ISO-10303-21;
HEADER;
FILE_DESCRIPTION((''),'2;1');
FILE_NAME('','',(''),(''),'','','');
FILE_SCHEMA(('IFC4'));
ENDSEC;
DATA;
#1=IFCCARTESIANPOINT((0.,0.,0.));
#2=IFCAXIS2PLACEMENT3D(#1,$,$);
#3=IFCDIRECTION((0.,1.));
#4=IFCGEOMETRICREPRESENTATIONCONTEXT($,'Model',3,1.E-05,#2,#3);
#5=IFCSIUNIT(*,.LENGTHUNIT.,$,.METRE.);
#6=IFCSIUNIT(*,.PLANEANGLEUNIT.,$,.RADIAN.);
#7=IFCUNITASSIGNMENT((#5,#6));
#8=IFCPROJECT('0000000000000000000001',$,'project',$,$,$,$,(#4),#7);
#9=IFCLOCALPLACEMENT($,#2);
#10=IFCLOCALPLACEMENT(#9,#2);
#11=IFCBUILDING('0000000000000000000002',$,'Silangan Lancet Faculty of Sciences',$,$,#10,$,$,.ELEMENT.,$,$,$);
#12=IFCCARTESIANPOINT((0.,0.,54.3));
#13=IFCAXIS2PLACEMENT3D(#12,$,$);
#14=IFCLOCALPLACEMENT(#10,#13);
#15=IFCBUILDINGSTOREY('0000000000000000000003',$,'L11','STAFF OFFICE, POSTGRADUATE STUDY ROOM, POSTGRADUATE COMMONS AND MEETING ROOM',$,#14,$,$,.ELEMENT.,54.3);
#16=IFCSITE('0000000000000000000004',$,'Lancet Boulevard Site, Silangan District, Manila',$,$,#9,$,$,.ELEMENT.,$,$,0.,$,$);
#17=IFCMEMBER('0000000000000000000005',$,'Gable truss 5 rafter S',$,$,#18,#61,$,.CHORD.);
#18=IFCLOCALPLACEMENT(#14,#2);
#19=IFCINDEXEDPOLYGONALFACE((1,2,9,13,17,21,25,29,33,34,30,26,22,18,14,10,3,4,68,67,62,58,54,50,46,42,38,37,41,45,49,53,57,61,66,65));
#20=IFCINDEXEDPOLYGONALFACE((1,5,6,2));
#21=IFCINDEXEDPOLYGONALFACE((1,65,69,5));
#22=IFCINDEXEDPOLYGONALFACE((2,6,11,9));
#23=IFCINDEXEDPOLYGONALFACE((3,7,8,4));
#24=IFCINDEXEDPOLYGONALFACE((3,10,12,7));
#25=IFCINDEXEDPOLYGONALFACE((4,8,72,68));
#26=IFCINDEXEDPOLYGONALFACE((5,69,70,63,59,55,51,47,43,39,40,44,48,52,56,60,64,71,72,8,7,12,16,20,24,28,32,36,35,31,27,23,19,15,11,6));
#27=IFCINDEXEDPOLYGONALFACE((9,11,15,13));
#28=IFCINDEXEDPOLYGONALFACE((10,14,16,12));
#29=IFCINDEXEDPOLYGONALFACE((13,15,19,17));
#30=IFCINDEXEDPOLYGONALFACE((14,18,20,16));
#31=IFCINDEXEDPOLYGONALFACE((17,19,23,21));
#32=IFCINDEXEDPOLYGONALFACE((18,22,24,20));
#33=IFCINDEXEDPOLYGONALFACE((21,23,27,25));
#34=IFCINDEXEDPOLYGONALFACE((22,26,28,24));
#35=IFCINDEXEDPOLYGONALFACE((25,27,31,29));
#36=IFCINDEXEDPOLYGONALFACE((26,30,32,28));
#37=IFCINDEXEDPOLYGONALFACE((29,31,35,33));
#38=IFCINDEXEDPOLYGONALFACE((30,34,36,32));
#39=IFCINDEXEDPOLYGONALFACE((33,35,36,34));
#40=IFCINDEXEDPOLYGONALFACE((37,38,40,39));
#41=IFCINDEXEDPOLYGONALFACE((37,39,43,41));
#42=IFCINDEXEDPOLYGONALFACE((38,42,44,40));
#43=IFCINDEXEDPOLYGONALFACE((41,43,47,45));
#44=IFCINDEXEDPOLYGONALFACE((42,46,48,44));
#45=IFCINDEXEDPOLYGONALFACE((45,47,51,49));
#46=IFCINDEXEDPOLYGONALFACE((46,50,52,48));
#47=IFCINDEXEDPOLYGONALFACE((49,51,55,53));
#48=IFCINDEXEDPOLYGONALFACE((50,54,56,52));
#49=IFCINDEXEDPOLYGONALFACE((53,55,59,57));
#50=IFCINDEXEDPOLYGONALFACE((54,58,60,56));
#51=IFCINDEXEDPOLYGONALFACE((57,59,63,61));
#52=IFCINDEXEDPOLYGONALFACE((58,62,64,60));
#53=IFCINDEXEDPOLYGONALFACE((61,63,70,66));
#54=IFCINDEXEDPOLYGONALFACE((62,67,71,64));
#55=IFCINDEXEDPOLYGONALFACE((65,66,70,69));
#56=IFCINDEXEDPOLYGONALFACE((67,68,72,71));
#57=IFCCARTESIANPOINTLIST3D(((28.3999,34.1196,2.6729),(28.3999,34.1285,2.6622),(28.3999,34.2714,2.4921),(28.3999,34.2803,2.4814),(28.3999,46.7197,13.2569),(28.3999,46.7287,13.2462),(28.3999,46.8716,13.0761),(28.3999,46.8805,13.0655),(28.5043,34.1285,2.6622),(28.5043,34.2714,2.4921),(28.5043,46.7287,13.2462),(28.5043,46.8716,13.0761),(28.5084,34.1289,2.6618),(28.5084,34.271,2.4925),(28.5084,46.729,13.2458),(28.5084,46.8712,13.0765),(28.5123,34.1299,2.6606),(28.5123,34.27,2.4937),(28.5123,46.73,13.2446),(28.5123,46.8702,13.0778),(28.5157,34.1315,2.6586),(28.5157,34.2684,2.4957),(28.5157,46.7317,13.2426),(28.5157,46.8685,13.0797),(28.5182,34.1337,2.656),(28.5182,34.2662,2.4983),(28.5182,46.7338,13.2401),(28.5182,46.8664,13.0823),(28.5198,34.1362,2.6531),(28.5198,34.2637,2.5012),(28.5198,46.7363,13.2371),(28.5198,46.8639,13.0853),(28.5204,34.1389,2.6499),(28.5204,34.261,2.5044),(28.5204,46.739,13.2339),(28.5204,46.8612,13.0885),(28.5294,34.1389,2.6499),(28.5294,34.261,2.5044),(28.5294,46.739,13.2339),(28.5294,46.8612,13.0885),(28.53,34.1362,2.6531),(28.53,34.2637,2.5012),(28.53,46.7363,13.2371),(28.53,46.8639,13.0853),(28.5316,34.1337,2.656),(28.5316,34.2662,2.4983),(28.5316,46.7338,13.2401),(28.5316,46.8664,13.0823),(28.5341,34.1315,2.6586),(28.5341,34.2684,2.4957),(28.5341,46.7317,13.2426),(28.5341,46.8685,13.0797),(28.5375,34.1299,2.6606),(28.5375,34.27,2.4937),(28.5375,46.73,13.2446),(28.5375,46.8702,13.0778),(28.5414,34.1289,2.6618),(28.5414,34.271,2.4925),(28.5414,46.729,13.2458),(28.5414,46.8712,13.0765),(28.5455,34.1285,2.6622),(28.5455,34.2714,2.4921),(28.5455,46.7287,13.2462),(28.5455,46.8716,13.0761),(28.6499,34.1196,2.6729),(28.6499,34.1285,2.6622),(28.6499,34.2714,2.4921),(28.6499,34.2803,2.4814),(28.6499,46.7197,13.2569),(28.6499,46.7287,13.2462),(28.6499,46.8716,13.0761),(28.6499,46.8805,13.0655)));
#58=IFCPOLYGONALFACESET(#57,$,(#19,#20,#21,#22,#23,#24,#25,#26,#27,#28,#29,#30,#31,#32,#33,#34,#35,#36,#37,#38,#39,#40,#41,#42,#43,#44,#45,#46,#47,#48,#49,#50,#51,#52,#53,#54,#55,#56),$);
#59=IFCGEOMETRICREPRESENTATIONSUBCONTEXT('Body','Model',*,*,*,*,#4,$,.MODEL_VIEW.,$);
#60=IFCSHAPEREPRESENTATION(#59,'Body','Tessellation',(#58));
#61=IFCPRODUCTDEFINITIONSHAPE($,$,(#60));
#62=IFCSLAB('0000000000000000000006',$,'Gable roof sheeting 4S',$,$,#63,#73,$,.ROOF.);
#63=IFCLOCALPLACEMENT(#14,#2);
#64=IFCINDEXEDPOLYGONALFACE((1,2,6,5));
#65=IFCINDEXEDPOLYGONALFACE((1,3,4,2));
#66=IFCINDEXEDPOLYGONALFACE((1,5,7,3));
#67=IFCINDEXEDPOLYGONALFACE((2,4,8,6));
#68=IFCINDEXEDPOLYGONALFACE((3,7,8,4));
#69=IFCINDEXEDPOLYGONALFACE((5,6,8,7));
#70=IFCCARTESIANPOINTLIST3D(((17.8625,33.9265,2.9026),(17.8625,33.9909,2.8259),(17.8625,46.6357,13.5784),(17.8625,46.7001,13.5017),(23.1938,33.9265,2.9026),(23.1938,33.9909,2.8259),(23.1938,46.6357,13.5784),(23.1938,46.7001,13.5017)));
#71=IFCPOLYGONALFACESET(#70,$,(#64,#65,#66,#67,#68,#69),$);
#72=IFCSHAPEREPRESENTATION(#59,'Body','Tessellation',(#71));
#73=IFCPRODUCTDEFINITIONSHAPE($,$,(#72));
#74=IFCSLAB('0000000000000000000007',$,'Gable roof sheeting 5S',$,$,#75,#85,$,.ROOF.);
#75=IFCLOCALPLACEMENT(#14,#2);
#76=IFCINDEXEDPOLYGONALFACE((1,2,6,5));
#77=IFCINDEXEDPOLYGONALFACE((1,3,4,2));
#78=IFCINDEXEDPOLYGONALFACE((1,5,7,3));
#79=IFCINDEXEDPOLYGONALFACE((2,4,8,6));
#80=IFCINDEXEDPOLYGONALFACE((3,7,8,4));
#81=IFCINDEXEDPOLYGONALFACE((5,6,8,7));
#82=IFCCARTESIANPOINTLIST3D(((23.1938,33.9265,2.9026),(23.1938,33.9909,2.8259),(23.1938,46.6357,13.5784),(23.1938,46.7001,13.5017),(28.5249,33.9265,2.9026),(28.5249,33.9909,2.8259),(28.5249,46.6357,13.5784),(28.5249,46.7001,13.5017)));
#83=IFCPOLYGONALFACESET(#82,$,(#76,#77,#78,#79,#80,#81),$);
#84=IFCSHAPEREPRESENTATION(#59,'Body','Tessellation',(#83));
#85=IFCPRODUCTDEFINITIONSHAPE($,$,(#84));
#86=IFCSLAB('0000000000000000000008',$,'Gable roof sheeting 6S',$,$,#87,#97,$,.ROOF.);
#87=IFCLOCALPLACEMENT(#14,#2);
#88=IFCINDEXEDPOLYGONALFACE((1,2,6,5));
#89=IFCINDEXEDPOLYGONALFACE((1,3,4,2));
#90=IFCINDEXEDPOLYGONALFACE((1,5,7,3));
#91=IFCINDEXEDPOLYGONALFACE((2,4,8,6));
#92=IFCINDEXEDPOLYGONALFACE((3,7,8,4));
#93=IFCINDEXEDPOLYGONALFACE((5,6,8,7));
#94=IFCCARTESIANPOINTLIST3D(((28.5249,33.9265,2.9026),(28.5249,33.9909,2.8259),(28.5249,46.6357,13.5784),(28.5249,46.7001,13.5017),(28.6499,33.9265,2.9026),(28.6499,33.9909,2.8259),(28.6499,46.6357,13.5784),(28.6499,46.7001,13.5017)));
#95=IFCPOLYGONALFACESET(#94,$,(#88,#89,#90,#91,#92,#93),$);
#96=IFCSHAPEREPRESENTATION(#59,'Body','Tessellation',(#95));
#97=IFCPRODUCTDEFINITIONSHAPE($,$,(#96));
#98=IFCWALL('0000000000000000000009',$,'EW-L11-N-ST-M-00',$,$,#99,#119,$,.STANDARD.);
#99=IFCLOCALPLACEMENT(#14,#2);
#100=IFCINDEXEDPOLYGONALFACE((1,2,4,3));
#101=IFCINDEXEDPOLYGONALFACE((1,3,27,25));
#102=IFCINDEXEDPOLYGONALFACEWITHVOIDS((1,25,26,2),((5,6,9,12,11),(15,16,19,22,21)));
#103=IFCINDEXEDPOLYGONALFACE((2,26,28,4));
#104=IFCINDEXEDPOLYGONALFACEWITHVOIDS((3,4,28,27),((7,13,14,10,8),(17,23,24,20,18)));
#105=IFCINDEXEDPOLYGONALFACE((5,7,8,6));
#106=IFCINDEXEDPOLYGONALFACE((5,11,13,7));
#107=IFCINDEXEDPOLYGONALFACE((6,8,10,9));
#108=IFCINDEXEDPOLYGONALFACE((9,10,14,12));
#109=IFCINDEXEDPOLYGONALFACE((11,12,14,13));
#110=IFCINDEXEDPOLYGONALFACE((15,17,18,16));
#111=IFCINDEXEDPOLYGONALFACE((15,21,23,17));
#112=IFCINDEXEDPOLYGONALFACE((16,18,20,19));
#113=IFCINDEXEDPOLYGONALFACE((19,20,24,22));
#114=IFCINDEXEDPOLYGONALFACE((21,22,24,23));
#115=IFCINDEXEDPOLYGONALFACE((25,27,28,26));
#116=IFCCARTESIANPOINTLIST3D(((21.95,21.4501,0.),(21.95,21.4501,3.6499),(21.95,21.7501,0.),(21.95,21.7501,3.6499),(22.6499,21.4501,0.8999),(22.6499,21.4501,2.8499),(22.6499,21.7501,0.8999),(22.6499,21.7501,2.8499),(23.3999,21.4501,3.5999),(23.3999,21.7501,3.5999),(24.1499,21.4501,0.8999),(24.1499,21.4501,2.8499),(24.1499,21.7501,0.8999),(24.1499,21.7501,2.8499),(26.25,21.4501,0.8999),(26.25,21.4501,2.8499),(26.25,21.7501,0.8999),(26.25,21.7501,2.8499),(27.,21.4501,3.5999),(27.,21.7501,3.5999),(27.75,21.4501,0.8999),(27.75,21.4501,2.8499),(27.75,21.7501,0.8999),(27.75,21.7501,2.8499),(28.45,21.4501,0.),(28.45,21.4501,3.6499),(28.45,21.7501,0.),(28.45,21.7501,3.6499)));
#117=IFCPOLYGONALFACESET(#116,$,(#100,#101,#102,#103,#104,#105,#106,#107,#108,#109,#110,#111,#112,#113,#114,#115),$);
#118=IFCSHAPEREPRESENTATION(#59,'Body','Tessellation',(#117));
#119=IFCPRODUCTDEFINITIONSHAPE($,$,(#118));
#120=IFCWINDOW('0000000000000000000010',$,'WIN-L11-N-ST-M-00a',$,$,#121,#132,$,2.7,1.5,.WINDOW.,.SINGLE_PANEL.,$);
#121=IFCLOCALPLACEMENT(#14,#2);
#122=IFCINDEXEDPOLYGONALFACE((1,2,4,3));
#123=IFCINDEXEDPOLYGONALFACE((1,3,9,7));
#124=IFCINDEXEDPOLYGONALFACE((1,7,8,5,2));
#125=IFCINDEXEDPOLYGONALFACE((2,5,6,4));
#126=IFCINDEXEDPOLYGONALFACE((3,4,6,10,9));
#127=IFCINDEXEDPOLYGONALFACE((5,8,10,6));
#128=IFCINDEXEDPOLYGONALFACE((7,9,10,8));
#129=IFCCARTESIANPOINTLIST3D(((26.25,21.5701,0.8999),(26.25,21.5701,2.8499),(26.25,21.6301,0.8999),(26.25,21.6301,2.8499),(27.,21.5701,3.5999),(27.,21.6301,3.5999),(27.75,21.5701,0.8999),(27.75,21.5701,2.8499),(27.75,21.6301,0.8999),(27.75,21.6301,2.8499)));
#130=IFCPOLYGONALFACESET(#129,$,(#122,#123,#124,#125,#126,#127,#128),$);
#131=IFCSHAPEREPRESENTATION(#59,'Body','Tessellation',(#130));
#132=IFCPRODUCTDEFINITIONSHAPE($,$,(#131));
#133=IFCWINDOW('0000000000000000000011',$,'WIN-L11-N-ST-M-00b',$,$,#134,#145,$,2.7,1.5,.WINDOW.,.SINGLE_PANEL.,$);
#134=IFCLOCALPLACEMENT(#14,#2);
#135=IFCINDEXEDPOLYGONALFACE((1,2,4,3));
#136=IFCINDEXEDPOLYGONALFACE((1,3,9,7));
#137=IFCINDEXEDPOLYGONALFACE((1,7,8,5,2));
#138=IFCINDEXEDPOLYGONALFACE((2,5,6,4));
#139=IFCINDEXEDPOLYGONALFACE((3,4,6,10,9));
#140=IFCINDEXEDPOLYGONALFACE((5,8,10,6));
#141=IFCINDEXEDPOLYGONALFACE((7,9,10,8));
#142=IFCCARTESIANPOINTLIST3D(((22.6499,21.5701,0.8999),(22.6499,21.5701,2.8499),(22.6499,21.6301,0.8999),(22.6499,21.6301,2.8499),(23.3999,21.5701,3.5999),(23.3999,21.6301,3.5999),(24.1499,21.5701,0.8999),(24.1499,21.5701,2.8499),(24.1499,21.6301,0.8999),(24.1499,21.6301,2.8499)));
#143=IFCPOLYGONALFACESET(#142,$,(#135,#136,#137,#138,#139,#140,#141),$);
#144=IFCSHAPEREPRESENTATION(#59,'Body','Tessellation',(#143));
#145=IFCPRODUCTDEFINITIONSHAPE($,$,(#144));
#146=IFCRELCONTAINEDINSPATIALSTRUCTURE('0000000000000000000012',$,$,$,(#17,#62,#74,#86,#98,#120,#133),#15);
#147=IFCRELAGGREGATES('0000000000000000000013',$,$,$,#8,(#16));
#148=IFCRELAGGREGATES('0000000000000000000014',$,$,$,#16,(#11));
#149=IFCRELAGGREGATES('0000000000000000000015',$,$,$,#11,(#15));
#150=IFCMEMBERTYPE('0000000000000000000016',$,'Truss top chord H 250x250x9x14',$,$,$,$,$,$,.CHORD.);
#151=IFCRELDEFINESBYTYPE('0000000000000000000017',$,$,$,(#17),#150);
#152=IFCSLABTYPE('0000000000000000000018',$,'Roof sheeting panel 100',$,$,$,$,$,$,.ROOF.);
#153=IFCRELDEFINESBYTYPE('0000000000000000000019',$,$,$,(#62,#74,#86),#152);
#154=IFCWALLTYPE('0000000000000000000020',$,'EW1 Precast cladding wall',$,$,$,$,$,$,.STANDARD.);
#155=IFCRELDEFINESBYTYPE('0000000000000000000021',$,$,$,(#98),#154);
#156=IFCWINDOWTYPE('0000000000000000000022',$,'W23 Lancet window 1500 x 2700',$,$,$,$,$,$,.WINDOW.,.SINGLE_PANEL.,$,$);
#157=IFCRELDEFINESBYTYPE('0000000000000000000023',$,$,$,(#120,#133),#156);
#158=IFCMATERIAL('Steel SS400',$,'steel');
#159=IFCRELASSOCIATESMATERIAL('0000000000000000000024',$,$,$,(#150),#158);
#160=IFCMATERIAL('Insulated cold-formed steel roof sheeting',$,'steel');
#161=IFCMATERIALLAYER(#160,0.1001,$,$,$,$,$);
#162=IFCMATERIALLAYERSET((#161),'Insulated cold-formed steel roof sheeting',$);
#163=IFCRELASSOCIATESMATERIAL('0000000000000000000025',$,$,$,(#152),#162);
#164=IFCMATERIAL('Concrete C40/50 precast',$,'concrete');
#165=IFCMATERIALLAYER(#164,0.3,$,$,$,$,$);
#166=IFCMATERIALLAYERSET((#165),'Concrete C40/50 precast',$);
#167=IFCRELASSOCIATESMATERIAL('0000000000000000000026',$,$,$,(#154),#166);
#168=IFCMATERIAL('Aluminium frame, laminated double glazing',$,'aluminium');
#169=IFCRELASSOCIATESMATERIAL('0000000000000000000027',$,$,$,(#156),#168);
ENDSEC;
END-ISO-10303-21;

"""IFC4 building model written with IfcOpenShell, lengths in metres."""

from ifc_helpers import new_model, si_unit, direction, frame, frame_2d, origin, origin_2d, place, context, subcontext, project, spatial, polyline, rectangle, i_section, outline, extrude, material, layer, layer_set, material_profile, profile_set, type_object, element, fill, save


model = new_model("IFC4")

# Units and contexts
model_context = context("Model", 3, precision=1e-05, world=origin(), true_north=direction((0.0, 1.0)))
body_context = subcontext(model_context, "Body", "Model", "MODEL_VIEW")
ifc_project = project(units=[si_unit("LENGTHUNIT", "METRE"), si_unit("PLANEANGLEUNIT", "RADIAN")], contexts=[model_context])

# Site, building, storey
site_placement = place(None, origin())
site = spatial("IfcSite", under=ifc_project, at=site_placement, Name="Lancet Boulevard Site, Silangan District, Manila", CompositionType="ELEMENT", RefElevation=0.0)
building_placement = place(site_placement, origin())
building = spatial("IfcBuilding", under=site, at=building_placement, Name="Silangan Lancet Faculty of Sciences", CompositionType="ELEMENT")
storey_placement = place(building_placement, frame((0.0, 0.0, 54.3)))
storey = spatial("IfcBuildingStorey", under=building, at=storey_placement, Name="L11", Description="STAFF OFFICE, POSTGRADUATE STUDY ROOM, POSTGRADUATE COMMONS AND MEETING ROOM", CompositionType="ELEMENT", Elevation=54.3)

# Member
ifc_material_1 = material(Name="Steel SS400", Category="steel")
ifc_material_profile_1 = material_profile(ifc_material_1, i_section(OverallWidth=0.25, OverallDepth=0.25, WebThickness=0.009, FlangeThickness=0.0139, FilletRadius=0.0161, at=origin_2d()), Name="H 250x250x9x14")
ifc_profile_set_1 = profile_set([ifc_material_profile_1], Name="Steel SS400")
member_type_1 = type_object("IfcMemberType", Name="Truss top chord H 250x250x9x14", PredefinedType="CHORD", material=ifc_profile_set_1)
for number, where, z_axis, x_axis, name in (
    (1, (28.5249, 34.2, 2.5771), (0.0, 0.765708, 0.643189), (-1.0, 0.0, 0.0), "Gable truss 5 rafter S"),
):
    element("IfcMember", number, at=place(storey_placement, frame(where, z_axis=z_axis, x_axis=x_axis)), inside=storey, type_object=member_type_1, Name=name, PredefinedType="CHORD", context=body_context, shape_type="SweptSolid", body=[
        extrude(i_section(OverallWidth=0.25, OverallDepth=0.25, WebThickness=0.009, FlangeThickness=0.0139, FilletRadius=0.0161, at=origin_2d()), origin(), (0.0, 0.0, 1.0), 16.4556),
    ])

# Slabs
ifc_material_2 = material(Name="Insulated cold-formed steel roof sheeting", Category="steel")
ifc_layer_1 = layer(ifc_material_2, 0.1001)
ifc_layer_set_1 = layer_set([ifc_layer_1], Name="Insulated cold-formed steel roof sheeting")
slab_type = type_object("IfcSlabType", Name="Roof sheeting panel 100", PredefinedType="ROOF", material=ifc_layer_set_1)
slab_1_placement = place(storey_placement, frame((17.8625, 33.9265, 2.9026), z_axis=(0.0, -0.643193, 0.765704), x_axis=(1.0, 0.0, 0.0)))
element("IfcSlab", 2, at=slab_1_placement, inside=storey, type_object=slab_type, Name="Gable roof sheeting 4S", PredefinedType="ROOF", context=body_context, shape_type="SweptSolid", body=[
    extrude(outline(polyline([(0.0, 0.0), (5.3313, 0.0), (5.3313, 16.5981), (0.0, 16.5981), (0.0, 0.0)])), origin(), (0.0, 0.0, -1.0), 0.1001),
])
slab_2_placement = place(storey_placement, frame((23.1938, 33.9265, 2.9026), z_axis=(0.0, -0.643193, 0.765704), x_axis=(1.0, 0.0, 0.0)))
element("IfcSlab", 3, at=slab_2_placement, inside=storey, type_object=slab_type, Name="Gable roof sheeting 5S", PredefinedType="ROOF", context=body_context, shape_type="SweptSolid", body=[
    extrude(outline(polyline([(0.0, 0.0), (5.3311, 0.0), (5.3311, 16.5981), (0.0, 16.5981), (0.0, 0.0)])), origin(), (0.0, 0.0, -1.0), 0.1001),
])
slab_3_placement = place(storey_placement, frame((28.5249, 33.9265, 2.9026), z_axis=(0.0, -0.643193, 0.765704), x_axis=(1.0, 0.0, 0.0)))
element("IfcSlab", 4, at=slab_3_placement, inside=storey, type_object=slab_type, Name="Gable roof sheeting 6S", PredefinedType="ROOF", context=body_context, shape_type="SweptSolid", body=[
    extrude(outline(polyline([(0.0, 0.0), (0.125, 0.0), (0.125, 16.5981), (0.0, 16.5981), (0.0, 0.0)])), origin(), (0.0, 0.0, -1.0), 0.1001),
])

# Wall, openings, windows
ifc_material_3 = material(Name="Concrete C40/50 precast", Category="concrete")
ifc_layer_2 = layer(ifc_material_3, 0.3)
ifc_layer_set_2 = layer_set([ifc_layer_2], Name="Concrete C40/50 precast")
wall_type = type_object("IfcWallType", Name="EW1 Precast cladding wall", PredefinedType="STANDARD", material=ifc_layer_set_2)
wall_1_placement = place(storey_placement, frame((28.45, 21.6001, 0.0), z_axis=(0.0, 0.0, 1.0), x_axis=(-1.0, 0.0, 0.0)))
wall_1 = element("IfcWall", 5, at=wall_1_placement, inside=storey, type_object=wall_type, Name="EW-L11-N-ST-M-00", PredefinedType="STANDARD", context=body_context, shape_type="SweptSolid", body=[
    extrude(rectangle(XDim=6.5, YDim=0.3, at=frame_2d((3.25, 0.0))), origin(), (0.0, 0.0, 1.0), 3.6499),
])
opening_1_placement = place(wall_1_placement, frame((0.7, 0.0, 0.8999)))
opening_1 = element("IfcOpeningElement", 6, at=opening_1_placement, cuts=wall_1, PredefinedType="OPENING", context=body_context, shape_type="SweptSolid", body=[
    extrude(outline(polyline([(0.0, 0.0), (1.5, 0.0), (1.5, 1.95), (0.75, 2.7), (0.0, 1.95), (0.0, 0.0)])), frame((0.0, 0.1599, 0.0), z_axis=(0.0, -1.0, 0.0), x_axis=(1.0, 0.0, 0.0)), (0.0, 0.0, 1.0), 0.3201),
])
opening_2_placement = place(wall_1_placement, frame((4.3, 0.0, 0.8999)))
opening_2 = element("IfcOpeningElement", 7, at=opening_2_placement, cuts=wall_1, PredefinedType="OPENING", context=body_context, shape_type="SweptSolid", body=[
    extrude(outline(polyline([(0.0, 0.0), (1.5, 0.0), (1.5, 1.95), (0.75, 2.7), (0.0, 1.95), (0.0, 0.0)])), frame((0.0, 0.1599, 0.0), z_axis=(0.0, -1.0, 0.0), x_axis=(1.0, 0.0, 0.0)), (0.0, 0.0, 1.0), 0.3201),
])
ifc_material_4 = material(Name="Aluminium frame, laminated double glazing", Category="aluminium")
window_type = type_object("IfcWindowType", Name="W23 Lancet window 1500 x 2700", PartitioningType="SINGLE_PANEL", PredefinedType="WINDOW", material=ifc_material_4)
window_1_placement = place(opening_1_placement, origin())
window_1 = element("IfcWindow", 8, at=window_1_placement, inside=storey, type_object=window_type, Name="WIN-L11-N-ST-M-00a", OverallHeight=2.7, OverallWidth=1.5, PartitioningType="SINGLE_PANEL", PredefinedType="WINDOW", context=body_context, shape_type="SweptSolid", body=[
    extrude(outline(polyline([(0.0, 0.0), (1.5, 0.0), (1.5, 1.95), (0.75, 2.7), (0.0, 1.95), (0.0, 0.0)])), frame((0.0, 0.03, 0.0), z_axis=(0.0, -1.0, 0.0), x_axis=(1.0, 0.0, 0.0)), (0.0, 0.0, 1.0), 0.0601),
])
fill(opening_1, window_1)
window_2_placement = place(opening_2_placement, origin())
window_2 = element("IfcWindow", 9, at=window_2_placement, inside=storey, type_object=window_type, Name="WIN-L11-N-ST-M-00b", OverallHeight=2.7, OverallWidth=1.5, PartitioningType="SINGLE_PANEL", PredefinedType="WINDOW", context=body_context, shape_type="SweptSolid", body=[
    extrude(outline(polyline([(0.0, 0.0), (1.5, 0.0), (1.5, 1.95), (0.75, 2.7), (0.0, 1.95), (0.0, 0.0)])), frame((0.0, 0.03, 0.0), z_axis=(0.0, -1.0, 0.0), x_axis=(1.0, 0.0, 0.0)), (0.0, 0.0, 1.0), 0.0601),
])
fill(opening_2, window_2)

save(model, "model.ifc")
